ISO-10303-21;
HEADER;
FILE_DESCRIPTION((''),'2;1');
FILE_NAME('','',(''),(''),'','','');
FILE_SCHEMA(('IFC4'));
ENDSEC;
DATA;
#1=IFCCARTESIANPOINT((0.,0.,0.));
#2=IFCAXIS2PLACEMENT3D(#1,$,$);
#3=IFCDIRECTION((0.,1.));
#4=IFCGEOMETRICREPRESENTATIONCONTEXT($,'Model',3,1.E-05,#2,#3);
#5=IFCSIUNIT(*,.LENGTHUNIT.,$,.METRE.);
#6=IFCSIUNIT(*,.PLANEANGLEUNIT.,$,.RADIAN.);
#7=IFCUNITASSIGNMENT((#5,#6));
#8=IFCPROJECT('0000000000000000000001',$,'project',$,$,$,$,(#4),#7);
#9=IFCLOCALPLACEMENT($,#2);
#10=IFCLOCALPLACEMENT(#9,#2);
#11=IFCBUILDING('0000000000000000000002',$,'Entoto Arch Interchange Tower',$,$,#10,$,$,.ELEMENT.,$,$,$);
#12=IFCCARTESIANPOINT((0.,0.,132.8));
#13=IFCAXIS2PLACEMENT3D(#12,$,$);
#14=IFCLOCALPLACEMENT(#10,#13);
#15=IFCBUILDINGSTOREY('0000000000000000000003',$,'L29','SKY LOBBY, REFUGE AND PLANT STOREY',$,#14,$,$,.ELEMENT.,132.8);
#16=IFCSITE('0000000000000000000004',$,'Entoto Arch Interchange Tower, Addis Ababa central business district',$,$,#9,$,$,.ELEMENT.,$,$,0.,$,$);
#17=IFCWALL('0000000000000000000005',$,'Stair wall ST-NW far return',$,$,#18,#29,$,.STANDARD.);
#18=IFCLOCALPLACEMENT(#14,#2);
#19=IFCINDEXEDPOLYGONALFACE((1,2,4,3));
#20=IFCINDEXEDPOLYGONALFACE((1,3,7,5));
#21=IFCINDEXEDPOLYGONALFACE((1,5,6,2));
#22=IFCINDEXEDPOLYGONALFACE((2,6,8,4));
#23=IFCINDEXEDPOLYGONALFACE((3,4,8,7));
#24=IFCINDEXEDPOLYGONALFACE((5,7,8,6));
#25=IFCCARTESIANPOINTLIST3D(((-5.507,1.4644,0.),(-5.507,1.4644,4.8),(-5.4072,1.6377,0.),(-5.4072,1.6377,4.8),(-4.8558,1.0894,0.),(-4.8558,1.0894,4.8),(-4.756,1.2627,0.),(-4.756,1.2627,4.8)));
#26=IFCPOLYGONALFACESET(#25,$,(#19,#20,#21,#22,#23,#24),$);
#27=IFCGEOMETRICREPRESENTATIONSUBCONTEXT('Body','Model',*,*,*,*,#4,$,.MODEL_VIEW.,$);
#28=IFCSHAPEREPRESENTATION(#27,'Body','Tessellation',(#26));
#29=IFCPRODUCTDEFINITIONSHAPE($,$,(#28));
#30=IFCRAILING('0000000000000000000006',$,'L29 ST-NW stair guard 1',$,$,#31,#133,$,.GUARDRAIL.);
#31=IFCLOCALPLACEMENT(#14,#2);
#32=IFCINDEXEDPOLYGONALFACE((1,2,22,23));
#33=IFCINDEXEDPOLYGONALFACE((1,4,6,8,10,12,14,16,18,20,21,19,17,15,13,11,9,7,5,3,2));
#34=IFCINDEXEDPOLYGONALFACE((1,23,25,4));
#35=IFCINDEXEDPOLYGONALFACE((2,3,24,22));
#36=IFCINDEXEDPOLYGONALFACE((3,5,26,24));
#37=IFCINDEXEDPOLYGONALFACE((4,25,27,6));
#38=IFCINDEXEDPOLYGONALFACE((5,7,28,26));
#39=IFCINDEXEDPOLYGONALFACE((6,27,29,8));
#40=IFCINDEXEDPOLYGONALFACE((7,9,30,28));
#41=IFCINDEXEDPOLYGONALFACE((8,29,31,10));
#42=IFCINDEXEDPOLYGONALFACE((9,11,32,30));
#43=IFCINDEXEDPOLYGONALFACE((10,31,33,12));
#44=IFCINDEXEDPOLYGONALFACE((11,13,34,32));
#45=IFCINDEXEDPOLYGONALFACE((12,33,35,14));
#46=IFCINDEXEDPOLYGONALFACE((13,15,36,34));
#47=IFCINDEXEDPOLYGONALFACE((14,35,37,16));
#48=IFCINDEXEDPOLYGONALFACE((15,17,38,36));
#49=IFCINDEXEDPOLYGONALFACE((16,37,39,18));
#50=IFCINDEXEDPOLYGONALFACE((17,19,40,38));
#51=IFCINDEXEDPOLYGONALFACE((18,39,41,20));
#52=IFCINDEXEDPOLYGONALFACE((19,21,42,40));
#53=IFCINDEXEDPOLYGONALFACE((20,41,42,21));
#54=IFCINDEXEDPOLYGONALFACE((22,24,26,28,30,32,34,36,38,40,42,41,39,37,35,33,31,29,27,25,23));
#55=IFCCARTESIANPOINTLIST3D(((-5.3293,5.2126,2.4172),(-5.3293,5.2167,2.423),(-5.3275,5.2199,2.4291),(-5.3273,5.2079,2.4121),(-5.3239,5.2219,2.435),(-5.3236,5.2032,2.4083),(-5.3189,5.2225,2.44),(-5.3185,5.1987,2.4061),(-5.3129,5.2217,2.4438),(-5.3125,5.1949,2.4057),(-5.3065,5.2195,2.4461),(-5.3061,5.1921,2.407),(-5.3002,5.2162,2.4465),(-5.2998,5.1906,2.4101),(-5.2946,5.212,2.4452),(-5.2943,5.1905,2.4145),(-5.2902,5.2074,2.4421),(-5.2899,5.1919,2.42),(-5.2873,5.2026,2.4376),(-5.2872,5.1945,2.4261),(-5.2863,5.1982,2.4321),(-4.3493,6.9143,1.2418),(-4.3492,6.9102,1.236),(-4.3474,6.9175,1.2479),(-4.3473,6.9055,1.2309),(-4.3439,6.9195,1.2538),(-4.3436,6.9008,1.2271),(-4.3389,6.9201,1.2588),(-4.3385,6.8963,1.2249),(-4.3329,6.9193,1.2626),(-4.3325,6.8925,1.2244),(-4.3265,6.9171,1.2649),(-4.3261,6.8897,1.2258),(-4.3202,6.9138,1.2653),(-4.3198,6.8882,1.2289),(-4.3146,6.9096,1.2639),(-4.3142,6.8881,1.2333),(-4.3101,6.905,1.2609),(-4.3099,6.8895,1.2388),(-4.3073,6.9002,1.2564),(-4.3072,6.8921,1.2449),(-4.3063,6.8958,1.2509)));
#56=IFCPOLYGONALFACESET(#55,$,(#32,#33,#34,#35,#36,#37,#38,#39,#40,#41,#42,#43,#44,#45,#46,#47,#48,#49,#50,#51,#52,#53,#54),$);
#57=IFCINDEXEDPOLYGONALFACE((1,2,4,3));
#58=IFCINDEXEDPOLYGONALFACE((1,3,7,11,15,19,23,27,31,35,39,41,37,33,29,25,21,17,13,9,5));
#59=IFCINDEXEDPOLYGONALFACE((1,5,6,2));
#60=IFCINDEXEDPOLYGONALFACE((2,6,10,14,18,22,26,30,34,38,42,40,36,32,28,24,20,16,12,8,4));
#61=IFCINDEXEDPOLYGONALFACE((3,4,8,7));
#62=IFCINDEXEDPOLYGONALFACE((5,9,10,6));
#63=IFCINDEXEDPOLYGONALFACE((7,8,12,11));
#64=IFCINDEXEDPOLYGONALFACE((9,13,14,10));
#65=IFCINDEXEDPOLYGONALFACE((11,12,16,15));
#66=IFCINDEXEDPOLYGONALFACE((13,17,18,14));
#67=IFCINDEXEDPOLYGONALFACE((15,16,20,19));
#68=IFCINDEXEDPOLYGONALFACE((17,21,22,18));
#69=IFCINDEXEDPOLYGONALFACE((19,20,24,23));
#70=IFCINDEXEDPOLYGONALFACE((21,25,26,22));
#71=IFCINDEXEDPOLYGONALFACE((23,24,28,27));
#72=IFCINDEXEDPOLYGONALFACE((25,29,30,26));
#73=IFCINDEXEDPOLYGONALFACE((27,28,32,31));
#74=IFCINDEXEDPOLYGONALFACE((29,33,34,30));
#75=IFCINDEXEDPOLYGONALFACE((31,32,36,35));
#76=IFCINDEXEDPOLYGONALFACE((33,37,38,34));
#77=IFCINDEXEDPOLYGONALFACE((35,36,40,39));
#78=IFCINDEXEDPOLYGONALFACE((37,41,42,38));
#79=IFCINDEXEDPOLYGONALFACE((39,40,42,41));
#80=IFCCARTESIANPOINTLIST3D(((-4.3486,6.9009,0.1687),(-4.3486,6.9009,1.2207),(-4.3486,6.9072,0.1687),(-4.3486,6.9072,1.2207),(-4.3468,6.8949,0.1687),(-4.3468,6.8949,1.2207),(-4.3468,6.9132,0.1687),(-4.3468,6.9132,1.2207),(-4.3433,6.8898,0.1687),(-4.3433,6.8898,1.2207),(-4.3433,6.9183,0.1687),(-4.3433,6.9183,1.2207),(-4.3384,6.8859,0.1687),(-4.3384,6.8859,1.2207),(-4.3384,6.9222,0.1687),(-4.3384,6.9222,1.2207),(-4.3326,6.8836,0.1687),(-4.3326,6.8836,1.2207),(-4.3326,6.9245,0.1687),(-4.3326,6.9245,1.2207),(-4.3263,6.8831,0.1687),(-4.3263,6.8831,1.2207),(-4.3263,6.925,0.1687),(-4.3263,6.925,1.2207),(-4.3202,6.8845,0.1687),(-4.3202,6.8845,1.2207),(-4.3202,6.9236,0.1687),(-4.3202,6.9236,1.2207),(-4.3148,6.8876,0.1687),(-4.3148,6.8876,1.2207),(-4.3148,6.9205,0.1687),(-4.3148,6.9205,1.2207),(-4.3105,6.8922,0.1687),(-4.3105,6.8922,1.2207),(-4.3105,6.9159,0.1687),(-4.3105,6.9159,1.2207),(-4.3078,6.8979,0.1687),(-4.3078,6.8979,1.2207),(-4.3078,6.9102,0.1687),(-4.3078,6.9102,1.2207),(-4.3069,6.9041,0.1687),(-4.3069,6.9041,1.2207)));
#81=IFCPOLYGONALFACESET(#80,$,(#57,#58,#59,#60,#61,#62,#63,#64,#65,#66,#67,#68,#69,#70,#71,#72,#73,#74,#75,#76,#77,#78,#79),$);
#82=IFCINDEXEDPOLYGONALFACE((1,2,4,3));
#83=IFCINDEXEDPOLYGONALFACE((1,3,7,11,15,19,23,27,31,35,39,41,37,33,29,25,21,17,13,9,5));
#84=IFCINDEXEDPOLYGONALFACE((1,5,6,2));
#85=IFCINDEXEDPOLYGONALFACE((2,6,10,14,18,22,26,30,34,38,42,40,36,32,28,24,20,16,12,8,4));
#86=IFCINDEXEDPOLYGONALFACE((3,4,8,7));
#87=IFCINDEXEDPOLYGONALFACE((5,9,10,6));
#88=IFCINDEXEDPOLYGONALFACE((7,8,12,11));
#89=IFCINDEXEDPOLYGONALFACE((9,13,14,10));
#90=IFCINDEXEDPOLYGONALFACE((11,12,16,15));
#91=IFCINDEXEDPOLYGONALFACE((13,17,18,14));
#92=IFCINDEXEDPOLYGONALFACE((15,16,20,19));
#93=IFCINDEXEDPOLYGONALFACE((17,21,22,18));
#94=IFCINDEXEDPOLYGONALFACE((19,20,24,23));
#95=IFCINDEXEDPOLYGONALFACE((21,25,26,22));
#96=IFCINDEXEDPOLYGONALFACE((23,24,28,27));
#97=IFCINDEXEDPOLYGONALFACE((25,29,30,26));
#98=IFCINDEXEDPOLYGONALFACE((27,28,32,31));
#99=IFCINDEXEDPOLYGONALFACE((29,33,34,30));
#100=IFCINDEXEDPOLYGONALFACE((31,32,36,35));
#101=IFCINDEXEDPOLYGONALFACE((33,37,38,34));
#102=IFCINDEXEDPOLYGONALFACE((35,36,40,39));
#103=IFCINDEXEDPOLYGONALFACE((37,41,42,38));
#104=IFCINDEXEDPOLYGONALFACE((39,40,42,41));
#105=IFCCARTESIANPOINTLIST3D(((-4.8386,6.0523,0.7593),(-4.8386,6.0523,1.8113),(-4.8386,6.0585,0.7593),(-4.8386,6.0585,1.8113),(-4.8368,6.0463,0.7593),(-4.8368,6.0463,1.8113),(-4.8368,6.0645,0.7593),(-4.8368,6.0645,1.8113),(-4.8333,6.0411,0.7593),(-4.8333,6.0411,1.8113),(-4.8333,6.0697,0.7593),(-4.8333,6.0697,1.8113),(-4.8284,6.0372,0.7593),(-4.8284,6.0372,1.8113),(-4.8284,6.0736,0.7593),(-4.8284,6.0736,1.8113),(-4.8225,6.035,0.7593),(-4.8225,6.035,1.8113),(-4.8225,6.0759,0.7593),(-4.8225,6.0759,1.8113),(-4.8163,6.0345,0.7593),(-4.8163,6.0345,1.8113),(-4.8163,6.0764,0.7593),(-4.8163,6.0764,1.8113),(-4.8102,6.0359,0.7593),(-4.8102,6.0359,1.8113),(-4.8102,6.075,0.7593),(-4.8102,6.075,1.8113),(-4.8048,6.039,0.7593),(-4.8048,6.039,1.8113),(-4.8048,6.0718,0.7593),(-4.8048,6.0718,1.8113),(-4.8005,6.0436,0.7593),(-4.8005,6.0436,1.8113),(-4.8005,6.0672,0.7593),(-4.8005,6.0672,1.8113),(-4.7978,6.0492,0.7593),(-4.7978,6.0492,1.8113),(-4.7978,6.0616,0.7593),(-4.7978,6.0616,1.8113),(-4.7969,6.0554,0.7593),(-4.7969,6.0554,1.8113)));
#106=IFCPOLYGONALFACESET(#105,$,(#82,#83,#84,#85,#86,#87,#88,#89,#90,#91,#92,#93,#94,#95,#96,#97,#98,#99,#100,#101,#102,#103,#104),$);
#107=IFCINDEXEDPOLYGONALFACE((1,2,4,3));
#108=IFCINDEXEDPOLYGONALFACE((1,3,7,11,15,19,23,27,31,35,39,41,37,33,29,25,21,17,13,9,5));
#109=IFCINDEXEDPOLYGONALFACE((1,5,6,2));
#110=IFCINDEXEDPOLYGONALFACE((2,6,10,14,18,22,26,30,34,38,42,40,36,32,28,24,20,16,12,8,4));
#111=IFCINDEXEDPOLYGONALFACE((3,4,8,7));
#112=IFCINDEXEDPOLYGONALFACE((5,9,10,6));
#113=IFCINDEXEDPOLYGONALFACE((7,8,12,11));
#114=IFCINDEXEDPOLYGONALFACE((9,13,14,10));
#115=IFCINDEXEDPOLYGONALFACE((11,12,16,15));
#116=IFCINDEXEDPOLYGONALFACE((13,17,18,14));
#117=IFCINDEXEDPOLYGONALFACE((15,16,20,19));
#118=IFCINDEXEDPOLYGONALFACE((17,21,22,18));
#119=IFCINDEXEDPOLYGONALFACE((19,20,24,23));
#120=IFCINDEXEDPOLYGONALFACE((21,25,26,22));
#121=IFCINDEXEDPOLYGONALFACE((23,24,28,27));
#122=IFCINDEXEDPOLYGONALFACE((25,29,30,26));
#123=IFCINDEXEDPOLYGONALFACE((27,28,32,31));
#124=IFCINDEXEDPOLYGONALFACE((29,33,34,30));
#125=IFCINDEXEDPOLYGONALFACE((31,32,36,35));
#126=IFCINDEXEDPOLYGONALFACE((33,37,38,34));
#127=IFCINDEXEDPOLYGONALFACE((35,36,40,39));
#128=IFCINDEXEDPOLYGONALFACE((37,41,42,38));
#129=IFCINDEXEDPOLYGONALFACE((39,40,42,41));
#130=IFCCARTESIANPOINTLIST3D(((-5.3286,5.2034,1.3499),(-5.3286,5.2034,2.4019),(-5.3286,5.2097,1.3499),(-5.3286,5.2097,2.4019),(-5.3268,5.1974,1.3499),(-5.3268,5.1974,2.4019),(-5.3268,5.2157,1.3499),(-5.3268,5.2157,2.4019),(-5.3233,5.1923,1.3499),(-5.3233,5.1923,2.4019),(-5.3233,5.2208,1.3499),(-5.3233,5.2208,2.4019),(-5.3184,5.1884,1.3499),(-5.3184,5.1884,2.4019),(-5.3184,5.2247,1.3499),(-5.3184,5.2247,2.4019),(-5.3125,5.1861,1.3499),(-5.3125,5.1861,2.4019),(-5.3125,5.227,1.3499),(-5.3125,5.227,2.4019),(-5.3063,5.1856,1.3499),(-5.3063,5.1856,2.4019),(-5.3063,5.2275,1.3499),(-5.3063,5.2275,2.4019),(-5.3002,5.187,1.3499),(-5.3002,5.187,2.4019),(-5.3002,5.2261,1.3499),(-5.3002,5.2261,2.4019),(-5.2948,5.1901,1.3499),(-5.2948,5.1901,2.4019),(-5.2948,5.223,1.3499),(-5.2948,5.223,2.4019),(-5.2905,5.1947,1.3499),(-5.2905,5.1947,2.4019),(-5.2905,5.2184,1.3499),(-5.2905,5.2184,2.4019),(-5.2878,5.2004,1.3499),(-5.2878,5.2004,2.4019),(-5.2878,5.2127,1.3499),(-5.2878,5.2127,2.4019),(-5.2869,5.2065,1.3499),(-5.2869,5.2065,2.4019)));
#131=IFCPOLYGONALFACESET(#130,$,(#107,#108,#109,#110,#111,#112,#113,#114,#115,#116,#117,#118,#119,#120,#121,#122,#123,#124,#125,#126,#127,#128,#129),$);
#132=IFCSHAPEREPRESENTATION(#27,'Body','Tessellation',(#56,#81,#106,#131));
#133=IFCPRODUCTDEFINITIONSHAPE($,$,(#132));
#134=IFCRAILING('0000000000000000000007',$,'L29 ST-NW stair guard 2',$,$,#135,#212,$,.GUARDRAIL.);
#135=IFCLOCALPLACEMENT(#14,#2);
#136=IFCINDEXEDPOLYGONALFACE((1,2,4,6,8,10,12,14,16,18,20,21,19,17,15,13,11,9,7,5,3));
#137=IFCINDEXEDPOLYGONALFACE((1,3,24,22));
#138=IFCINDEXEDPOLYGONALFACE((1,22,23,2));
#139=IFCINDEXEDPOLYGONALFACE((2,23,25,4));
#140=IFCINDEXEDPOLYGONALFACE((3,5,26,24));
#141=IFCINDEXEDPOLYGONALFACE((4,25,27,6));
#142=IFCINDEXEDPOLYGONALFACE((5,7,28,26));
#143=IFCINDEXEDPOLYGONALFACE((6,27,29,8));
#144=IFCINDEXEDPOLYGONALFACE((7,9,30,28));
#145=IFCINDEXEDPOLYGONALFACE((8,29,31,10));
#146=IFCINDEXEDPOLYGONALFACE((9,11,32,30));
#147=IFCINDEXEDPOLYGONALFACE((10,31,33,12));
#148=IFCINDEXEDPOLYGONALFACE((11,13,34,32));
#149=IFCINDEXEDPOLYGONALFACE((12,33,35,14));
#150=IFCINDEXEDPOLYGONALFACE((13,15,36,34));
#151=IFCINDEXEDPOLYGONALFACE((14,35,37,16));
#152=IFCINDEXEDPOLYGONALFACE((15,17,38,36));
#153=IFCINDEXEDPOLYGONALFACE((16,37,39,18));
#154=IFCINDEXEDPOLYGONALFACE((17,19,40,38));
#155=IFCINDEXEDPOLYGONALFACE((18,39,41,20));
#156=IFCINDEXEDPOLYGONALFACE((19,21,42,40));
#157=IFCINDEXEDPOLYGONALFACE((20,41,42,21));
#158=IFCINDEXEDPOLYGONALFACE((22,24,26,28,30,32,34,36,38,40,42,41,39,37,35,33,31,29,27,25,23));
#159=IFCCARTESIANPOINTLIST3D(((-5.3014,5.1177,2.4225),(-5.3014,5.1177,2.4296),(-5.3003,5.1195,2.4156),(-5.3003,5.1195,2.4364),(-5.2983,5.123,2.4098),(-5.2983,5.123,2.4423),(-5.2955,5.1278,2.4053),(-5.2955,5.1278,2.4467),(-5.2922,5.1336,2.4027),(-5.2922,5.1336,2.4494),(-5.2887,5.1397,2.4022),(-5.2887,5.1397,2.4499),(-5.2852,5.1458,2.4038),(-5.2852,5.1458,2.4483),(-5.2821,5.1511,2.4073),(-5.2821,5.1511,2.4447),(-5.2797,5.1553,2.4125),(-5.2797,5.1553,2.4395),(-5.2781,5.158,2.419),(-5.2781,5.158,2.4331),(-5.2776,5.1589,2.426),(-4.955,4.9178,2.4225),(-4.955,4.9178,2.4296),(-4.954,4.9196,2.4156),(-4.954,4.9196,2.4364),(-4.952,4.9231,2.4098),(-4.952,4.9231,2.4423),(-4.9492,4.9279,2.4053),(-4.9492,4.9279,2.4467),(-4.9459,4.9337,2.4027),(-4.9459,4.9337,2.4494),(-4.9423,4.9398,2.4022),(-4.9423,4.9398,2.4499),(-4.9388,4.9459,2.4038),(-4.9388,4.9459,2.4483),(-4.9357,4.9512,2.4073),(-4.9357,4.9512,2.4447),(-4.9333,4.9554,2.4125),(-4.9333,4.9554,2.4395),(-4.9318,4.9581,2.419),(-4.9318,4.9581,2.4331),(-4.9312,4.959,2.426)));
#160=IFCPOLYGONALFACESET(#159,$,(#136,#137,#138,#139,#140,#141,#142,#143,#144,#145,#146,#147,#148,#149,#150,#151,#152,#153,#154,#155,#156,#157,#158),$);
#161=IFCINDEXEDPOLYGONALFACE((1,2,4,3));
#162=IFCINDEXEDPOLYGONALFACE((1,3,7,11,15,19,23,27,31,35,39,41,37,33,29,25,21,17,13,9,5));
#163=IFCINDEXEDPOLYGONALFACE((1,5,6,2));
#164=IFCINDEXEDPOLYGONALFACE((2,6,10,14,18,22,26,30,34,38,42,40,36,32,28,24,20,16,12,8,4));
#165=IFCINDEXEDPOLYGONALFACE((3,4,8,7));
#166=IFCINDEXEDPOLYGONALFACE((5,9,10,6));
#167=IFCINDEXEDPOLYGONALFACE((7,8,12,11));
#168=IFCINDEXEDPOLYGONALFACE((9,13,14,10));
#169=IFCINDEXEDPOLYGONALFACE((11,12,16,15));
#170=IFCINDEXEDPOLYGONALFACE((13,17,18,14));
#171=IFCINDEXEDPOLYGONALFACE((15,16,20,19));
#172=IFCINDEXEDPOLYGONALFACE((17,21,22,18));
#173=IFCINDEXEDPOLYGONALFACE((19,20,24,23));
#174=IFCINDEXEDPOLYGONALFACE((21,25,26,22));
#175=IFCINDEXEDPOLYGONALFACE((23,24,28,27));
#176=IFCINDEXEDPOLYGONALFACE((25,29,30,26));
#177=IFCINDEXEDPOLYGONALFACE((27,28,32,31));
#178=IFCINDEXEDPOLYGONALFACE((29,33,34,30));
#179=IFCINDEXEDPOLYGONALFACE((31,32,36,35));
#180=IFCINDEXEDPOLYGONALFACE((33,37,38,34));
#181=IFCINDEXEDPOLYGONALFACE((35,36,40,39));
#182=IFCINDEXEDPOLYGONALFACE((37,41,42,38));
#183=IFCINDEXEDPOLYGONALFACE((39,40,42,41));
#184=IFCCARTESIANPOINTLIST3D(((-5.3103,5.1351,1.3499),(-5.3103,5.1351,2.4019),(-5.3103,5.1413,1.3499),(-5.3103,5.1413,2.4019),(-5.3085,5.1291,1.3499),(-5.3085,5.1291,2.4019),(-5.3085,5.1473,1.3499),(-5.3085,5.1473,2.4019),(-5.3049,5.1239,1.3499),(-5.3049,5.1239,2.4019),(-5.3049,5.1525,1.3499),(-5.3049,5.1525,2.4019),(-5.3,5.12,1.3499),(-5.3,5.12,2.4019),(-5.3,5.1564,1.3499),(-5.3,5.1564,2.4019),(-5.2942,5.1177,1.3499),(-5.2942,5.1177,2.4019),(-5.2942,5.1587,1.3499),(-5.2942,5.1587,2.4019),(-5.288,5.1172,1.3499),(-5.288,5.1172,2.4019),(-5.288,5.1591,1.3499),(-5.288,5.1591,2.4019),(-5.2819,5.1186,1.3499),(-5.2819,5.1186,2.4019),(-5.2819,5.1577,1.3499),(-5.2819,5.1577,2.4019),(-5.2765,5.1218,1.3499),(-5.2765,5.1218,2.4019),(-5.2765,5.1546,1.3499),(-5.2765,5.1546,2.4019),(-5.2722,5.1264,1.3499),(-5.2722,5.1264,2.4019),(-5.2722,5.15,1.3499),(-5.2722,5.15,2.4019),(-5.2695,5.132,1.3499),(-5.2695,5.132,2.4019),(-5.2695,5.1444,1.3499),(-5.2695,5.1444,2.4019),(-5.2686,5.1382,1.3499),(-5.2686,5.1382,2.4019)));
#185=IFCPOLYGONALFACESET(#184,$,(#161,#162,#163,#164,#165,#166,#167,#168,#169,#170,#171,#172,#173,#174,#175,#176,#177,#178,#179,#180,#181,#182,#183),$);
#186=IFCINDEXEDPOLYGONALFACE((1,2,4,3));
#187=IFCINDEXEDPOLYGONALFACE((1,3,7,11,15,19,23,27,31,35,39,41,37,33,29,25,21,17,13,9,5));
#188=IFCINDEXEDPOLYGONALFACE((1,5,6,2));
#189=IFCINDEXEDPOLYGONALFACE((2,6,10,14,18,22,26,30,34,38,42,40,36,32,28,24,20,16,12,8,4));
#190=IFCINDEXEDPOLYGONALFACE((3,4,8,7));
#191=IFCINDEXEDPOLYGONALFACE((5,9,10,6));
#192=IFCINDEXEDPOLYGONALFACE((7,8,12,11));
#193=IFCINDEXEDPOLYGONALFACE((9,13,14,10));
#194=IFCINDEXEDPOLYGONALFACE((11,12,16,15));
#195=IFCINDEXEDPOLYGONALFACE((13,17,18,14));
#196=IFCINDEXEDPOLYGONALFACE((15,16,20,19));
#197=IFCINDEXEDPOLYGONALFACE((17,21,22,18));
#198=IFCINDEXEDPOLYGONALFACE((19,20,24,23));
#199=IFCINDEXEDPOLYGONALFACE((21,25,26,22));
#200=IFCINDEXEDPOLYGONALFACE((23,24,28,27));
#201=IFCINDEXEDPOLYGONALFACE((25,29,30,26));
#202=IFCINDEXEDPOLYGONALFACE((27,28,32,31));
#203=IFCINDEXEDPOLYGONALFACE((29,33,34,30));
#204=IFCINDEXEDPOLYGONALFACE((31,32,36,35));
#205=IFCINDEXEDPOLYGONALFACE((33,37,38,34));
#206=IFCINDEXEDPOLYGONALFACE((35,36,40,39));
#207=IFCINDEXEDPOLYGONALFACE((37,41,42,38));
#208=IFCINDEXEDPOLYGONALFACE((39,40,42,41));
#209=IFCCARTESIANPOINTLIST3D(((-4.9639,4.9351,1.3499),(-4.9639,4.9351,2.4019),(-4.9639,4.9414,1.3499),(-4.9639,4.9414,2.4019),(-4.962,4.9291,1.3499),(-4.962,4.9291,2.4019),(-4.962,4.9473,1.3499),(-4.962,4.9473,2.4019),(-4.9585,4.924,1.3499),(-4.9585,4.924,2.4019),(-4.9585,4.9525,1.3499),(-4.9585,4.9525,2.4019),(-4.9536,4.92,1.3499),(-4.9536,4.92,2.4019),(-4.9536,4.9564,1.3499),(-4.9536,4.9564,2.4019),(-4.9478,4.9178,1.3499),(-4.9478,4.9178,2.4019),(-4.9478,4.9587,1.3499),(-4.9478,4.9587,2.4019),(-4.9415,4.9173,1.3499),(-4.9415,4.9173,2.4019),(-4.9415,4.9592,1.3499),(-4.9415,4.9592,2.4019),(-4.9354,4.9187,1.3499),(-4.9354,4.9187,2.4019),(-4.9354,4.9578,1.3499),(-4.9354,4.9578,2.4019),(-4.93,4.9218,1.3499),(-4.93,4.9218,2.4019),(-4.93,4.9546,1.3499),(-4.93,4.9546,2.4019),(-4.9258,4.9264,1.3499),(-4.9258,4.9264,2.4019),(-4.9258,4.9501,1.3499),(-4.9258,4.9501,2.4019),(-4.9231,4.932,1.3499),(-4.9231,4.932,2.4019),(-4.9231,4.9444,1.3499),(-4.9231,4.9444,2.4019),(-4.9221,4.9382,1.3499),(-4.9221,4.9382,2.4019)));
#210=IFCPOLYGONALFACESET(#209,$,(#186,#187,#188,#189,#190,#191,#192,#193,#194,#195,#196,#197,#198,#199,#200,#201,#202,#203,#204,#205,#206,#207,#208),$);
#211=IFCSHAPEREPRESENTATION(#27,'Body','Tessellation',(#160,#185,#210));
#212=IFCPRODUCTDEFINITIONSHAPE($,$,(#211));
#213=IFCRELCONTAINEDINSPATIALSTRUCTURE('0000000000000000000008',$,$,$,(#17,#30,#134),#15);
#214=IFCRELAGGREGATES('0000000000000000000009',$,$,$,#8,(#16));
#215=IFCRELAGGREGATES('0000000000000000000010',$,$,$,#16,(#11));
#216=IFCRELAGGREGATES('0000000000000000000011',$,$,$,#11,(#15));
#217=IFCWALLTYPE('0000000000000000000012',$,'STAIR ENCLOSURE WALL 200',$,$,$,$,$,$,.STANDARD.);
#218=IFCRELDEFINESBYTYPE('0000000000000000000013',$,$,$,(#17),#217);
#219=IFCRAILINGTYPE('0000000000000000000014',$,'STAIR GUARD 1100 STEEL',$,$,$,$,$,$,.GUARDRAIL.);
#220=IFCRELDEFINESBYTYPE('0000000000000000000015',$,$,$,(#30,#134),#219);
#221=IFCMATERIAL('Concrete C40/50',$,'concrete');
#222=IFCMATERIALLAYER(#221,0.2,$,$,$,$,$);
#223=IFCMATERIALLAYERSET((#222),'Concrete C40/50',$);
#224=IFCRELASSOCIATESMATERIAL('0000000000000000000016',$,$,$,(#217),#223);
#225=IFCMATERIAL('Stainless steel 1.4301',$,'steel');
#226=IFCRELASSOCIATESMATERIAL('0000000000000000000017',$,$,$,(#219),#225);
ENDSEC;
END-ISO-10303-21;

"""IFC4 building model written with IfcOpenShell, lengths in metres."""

from ifc_helpers import new_model, si_unit, direction, frame, frame_2d, origin, origin_2d, place, context, subcontext, project, spatial, rectangle, circle, extrude, material, layer, layer_set, type_object, element, save


model = new_model("IFC4")

# Units and contexts
model_context = context("Model", 3, precision=1e-05, world=origin(), true_north=direction((0.0, 1.0)))
body_context = subcontext(model_context, "Body", "Model", "MODEL_VIEW")
ifc_project = project(units=[si_unit("LENGTHUNIT", "METRE"), si_unit("PLANEANGLEUNIT", "RADIAN")], contexts=[model_context])

# Site, building, storey
site_placement = place(None, origin())
site = spatial("IfcSite", under=ifc_project, at=site_placement, Name="Entoto Arch Interchange Tower, Addis Ababa central business district", CompositionType="ELEMENT", RefElevation=0.0)
building_placement = place(site_placement, origin())
building = spatial("IfcBuilding", under=site, at=building_placement, Name="Entoto Arch Interchange Tower", CompositionType="ELEMENT")
storey_placement = place(building_placement, frame((0.0, 0.0, 132.8)))
storey = spatial("IfcBuildingStorey", under=building, at=storey_placement, Name="L29", Description="SKY LOBBY, REFUGE AND PLANT STOREY", CompositionType="ELEMENT", Elevation=132.8)

# Shared definitions
ifc_material_1 = material(Name="Concrete C40/50", Category="concrete")

# Wall
ifc_layer_1 = layer(ifc_material_1, 0.2)
ifc_layer_set_1 = layer_set([ifc_layer_1], Name="Concrete C40/50")
wall_type_1 = type_object("IfcWallType", Name="STAIR ENCLOSURE WALL 200", PredefinedType="STANDARD", material=ifc_layer_set_1)
wall_1_placement = place(storey_placement, frame((-4.8059, 1.176, 0.0), z_axis=(0.0, 0.0, 1.0), x_axis=(-0.866559, 0.499075, 0.0)))
element("IfcWall", 1, at=wall_1_placement, inside=storey, type_object=wall_type_1, Name="Stair wall ST-NW far return", PredefinedType="STANDARD", context=body_context, shape_type="SweptSolid", body=[
    extrude(rectangle(XDim=0.7515, YDim=0.2, at=frame_2d((0.3757, 0.0))), origin(), (0.0, 0.0, 1.0), 4.8),
])

# Railings
ifc_material_2 = material(Name="Stainless steel 1.4301", Category="steel")
railing_type_1 = type_object("IfcRailingType", Name="STAIR GUARD 1100 STEEL", PredefinedType="GUARDRAIL", material=ifc_material_2)
railing_1_placement = place(storey_placement, frame((-4.3279, 6.9041, 0.1687)))
element("IfcRailing", 2, at=railing_1_placement, inside=storey, type_object=railing_type_1, Name="L29 ST-NW stair guard 1", PredefinedType="GUARDRAIL", context=body_context, shape_type="SweptSolid", body=[
    extrude(circle(Radius=0.0239, at=origin_2d()), frame((0.0, 0.0, 1.0762), z_axis=(-0.428228, -0.741771, 0.516135), x_axis=(0.866042, -0.49997, 0.0)), (0.0, 0.0, 1.0), 2.2886),
    extrude(circle(Radius=0.021, at=origin_2d()), origin(), (0.0, 0.0, 1.0), 1.052),
    extrude(circle(Radius=0.021, at=origin_2d()), frame((-0.49, -0.8486, 0.5906)), (0.0, 0.0, 1.0), 1.052),
    extrude(circle(Radius=0.021, at=origin_2d()), frame((-0.98, -1.6975, 1.1812)), (0.0, 0.0, 1.0), 1.052),
])
railing_2_placement = place(storey_placement, frame((-5.2896, 5.1382, 1.3499)))
element("IfcRailing", 3, at=railing_2_placement, inside=storey, type_object=railing_type_1, Name="L29 ST-NW stair guard 2", PredefinedType="GUARDRAIL", context=body_context, shape_type="SweptSolid", body=[
    extrude(circle(Radius=0.0239, at=origin_2d()), frame((0.0, 0.0, 1.0762), z_axis=(0.866094, -0.499881, 0.0), x_axis=(0.499881, 0.866094, 0.0)), (0.0, 0.0, 1.0), 0.3999),
    extrude(circle(Radius=0.021, at=origin_2d()), origin(), (0.0, 0.0, 1.0), 1.052),
    extrude(circle(Radius=0.021, at=origin_2d()), frame((0.3464, -0.2, 0.0)), (0.0, 0.0, 1.0), 1.052),
])

save(model, "model.ifc")
